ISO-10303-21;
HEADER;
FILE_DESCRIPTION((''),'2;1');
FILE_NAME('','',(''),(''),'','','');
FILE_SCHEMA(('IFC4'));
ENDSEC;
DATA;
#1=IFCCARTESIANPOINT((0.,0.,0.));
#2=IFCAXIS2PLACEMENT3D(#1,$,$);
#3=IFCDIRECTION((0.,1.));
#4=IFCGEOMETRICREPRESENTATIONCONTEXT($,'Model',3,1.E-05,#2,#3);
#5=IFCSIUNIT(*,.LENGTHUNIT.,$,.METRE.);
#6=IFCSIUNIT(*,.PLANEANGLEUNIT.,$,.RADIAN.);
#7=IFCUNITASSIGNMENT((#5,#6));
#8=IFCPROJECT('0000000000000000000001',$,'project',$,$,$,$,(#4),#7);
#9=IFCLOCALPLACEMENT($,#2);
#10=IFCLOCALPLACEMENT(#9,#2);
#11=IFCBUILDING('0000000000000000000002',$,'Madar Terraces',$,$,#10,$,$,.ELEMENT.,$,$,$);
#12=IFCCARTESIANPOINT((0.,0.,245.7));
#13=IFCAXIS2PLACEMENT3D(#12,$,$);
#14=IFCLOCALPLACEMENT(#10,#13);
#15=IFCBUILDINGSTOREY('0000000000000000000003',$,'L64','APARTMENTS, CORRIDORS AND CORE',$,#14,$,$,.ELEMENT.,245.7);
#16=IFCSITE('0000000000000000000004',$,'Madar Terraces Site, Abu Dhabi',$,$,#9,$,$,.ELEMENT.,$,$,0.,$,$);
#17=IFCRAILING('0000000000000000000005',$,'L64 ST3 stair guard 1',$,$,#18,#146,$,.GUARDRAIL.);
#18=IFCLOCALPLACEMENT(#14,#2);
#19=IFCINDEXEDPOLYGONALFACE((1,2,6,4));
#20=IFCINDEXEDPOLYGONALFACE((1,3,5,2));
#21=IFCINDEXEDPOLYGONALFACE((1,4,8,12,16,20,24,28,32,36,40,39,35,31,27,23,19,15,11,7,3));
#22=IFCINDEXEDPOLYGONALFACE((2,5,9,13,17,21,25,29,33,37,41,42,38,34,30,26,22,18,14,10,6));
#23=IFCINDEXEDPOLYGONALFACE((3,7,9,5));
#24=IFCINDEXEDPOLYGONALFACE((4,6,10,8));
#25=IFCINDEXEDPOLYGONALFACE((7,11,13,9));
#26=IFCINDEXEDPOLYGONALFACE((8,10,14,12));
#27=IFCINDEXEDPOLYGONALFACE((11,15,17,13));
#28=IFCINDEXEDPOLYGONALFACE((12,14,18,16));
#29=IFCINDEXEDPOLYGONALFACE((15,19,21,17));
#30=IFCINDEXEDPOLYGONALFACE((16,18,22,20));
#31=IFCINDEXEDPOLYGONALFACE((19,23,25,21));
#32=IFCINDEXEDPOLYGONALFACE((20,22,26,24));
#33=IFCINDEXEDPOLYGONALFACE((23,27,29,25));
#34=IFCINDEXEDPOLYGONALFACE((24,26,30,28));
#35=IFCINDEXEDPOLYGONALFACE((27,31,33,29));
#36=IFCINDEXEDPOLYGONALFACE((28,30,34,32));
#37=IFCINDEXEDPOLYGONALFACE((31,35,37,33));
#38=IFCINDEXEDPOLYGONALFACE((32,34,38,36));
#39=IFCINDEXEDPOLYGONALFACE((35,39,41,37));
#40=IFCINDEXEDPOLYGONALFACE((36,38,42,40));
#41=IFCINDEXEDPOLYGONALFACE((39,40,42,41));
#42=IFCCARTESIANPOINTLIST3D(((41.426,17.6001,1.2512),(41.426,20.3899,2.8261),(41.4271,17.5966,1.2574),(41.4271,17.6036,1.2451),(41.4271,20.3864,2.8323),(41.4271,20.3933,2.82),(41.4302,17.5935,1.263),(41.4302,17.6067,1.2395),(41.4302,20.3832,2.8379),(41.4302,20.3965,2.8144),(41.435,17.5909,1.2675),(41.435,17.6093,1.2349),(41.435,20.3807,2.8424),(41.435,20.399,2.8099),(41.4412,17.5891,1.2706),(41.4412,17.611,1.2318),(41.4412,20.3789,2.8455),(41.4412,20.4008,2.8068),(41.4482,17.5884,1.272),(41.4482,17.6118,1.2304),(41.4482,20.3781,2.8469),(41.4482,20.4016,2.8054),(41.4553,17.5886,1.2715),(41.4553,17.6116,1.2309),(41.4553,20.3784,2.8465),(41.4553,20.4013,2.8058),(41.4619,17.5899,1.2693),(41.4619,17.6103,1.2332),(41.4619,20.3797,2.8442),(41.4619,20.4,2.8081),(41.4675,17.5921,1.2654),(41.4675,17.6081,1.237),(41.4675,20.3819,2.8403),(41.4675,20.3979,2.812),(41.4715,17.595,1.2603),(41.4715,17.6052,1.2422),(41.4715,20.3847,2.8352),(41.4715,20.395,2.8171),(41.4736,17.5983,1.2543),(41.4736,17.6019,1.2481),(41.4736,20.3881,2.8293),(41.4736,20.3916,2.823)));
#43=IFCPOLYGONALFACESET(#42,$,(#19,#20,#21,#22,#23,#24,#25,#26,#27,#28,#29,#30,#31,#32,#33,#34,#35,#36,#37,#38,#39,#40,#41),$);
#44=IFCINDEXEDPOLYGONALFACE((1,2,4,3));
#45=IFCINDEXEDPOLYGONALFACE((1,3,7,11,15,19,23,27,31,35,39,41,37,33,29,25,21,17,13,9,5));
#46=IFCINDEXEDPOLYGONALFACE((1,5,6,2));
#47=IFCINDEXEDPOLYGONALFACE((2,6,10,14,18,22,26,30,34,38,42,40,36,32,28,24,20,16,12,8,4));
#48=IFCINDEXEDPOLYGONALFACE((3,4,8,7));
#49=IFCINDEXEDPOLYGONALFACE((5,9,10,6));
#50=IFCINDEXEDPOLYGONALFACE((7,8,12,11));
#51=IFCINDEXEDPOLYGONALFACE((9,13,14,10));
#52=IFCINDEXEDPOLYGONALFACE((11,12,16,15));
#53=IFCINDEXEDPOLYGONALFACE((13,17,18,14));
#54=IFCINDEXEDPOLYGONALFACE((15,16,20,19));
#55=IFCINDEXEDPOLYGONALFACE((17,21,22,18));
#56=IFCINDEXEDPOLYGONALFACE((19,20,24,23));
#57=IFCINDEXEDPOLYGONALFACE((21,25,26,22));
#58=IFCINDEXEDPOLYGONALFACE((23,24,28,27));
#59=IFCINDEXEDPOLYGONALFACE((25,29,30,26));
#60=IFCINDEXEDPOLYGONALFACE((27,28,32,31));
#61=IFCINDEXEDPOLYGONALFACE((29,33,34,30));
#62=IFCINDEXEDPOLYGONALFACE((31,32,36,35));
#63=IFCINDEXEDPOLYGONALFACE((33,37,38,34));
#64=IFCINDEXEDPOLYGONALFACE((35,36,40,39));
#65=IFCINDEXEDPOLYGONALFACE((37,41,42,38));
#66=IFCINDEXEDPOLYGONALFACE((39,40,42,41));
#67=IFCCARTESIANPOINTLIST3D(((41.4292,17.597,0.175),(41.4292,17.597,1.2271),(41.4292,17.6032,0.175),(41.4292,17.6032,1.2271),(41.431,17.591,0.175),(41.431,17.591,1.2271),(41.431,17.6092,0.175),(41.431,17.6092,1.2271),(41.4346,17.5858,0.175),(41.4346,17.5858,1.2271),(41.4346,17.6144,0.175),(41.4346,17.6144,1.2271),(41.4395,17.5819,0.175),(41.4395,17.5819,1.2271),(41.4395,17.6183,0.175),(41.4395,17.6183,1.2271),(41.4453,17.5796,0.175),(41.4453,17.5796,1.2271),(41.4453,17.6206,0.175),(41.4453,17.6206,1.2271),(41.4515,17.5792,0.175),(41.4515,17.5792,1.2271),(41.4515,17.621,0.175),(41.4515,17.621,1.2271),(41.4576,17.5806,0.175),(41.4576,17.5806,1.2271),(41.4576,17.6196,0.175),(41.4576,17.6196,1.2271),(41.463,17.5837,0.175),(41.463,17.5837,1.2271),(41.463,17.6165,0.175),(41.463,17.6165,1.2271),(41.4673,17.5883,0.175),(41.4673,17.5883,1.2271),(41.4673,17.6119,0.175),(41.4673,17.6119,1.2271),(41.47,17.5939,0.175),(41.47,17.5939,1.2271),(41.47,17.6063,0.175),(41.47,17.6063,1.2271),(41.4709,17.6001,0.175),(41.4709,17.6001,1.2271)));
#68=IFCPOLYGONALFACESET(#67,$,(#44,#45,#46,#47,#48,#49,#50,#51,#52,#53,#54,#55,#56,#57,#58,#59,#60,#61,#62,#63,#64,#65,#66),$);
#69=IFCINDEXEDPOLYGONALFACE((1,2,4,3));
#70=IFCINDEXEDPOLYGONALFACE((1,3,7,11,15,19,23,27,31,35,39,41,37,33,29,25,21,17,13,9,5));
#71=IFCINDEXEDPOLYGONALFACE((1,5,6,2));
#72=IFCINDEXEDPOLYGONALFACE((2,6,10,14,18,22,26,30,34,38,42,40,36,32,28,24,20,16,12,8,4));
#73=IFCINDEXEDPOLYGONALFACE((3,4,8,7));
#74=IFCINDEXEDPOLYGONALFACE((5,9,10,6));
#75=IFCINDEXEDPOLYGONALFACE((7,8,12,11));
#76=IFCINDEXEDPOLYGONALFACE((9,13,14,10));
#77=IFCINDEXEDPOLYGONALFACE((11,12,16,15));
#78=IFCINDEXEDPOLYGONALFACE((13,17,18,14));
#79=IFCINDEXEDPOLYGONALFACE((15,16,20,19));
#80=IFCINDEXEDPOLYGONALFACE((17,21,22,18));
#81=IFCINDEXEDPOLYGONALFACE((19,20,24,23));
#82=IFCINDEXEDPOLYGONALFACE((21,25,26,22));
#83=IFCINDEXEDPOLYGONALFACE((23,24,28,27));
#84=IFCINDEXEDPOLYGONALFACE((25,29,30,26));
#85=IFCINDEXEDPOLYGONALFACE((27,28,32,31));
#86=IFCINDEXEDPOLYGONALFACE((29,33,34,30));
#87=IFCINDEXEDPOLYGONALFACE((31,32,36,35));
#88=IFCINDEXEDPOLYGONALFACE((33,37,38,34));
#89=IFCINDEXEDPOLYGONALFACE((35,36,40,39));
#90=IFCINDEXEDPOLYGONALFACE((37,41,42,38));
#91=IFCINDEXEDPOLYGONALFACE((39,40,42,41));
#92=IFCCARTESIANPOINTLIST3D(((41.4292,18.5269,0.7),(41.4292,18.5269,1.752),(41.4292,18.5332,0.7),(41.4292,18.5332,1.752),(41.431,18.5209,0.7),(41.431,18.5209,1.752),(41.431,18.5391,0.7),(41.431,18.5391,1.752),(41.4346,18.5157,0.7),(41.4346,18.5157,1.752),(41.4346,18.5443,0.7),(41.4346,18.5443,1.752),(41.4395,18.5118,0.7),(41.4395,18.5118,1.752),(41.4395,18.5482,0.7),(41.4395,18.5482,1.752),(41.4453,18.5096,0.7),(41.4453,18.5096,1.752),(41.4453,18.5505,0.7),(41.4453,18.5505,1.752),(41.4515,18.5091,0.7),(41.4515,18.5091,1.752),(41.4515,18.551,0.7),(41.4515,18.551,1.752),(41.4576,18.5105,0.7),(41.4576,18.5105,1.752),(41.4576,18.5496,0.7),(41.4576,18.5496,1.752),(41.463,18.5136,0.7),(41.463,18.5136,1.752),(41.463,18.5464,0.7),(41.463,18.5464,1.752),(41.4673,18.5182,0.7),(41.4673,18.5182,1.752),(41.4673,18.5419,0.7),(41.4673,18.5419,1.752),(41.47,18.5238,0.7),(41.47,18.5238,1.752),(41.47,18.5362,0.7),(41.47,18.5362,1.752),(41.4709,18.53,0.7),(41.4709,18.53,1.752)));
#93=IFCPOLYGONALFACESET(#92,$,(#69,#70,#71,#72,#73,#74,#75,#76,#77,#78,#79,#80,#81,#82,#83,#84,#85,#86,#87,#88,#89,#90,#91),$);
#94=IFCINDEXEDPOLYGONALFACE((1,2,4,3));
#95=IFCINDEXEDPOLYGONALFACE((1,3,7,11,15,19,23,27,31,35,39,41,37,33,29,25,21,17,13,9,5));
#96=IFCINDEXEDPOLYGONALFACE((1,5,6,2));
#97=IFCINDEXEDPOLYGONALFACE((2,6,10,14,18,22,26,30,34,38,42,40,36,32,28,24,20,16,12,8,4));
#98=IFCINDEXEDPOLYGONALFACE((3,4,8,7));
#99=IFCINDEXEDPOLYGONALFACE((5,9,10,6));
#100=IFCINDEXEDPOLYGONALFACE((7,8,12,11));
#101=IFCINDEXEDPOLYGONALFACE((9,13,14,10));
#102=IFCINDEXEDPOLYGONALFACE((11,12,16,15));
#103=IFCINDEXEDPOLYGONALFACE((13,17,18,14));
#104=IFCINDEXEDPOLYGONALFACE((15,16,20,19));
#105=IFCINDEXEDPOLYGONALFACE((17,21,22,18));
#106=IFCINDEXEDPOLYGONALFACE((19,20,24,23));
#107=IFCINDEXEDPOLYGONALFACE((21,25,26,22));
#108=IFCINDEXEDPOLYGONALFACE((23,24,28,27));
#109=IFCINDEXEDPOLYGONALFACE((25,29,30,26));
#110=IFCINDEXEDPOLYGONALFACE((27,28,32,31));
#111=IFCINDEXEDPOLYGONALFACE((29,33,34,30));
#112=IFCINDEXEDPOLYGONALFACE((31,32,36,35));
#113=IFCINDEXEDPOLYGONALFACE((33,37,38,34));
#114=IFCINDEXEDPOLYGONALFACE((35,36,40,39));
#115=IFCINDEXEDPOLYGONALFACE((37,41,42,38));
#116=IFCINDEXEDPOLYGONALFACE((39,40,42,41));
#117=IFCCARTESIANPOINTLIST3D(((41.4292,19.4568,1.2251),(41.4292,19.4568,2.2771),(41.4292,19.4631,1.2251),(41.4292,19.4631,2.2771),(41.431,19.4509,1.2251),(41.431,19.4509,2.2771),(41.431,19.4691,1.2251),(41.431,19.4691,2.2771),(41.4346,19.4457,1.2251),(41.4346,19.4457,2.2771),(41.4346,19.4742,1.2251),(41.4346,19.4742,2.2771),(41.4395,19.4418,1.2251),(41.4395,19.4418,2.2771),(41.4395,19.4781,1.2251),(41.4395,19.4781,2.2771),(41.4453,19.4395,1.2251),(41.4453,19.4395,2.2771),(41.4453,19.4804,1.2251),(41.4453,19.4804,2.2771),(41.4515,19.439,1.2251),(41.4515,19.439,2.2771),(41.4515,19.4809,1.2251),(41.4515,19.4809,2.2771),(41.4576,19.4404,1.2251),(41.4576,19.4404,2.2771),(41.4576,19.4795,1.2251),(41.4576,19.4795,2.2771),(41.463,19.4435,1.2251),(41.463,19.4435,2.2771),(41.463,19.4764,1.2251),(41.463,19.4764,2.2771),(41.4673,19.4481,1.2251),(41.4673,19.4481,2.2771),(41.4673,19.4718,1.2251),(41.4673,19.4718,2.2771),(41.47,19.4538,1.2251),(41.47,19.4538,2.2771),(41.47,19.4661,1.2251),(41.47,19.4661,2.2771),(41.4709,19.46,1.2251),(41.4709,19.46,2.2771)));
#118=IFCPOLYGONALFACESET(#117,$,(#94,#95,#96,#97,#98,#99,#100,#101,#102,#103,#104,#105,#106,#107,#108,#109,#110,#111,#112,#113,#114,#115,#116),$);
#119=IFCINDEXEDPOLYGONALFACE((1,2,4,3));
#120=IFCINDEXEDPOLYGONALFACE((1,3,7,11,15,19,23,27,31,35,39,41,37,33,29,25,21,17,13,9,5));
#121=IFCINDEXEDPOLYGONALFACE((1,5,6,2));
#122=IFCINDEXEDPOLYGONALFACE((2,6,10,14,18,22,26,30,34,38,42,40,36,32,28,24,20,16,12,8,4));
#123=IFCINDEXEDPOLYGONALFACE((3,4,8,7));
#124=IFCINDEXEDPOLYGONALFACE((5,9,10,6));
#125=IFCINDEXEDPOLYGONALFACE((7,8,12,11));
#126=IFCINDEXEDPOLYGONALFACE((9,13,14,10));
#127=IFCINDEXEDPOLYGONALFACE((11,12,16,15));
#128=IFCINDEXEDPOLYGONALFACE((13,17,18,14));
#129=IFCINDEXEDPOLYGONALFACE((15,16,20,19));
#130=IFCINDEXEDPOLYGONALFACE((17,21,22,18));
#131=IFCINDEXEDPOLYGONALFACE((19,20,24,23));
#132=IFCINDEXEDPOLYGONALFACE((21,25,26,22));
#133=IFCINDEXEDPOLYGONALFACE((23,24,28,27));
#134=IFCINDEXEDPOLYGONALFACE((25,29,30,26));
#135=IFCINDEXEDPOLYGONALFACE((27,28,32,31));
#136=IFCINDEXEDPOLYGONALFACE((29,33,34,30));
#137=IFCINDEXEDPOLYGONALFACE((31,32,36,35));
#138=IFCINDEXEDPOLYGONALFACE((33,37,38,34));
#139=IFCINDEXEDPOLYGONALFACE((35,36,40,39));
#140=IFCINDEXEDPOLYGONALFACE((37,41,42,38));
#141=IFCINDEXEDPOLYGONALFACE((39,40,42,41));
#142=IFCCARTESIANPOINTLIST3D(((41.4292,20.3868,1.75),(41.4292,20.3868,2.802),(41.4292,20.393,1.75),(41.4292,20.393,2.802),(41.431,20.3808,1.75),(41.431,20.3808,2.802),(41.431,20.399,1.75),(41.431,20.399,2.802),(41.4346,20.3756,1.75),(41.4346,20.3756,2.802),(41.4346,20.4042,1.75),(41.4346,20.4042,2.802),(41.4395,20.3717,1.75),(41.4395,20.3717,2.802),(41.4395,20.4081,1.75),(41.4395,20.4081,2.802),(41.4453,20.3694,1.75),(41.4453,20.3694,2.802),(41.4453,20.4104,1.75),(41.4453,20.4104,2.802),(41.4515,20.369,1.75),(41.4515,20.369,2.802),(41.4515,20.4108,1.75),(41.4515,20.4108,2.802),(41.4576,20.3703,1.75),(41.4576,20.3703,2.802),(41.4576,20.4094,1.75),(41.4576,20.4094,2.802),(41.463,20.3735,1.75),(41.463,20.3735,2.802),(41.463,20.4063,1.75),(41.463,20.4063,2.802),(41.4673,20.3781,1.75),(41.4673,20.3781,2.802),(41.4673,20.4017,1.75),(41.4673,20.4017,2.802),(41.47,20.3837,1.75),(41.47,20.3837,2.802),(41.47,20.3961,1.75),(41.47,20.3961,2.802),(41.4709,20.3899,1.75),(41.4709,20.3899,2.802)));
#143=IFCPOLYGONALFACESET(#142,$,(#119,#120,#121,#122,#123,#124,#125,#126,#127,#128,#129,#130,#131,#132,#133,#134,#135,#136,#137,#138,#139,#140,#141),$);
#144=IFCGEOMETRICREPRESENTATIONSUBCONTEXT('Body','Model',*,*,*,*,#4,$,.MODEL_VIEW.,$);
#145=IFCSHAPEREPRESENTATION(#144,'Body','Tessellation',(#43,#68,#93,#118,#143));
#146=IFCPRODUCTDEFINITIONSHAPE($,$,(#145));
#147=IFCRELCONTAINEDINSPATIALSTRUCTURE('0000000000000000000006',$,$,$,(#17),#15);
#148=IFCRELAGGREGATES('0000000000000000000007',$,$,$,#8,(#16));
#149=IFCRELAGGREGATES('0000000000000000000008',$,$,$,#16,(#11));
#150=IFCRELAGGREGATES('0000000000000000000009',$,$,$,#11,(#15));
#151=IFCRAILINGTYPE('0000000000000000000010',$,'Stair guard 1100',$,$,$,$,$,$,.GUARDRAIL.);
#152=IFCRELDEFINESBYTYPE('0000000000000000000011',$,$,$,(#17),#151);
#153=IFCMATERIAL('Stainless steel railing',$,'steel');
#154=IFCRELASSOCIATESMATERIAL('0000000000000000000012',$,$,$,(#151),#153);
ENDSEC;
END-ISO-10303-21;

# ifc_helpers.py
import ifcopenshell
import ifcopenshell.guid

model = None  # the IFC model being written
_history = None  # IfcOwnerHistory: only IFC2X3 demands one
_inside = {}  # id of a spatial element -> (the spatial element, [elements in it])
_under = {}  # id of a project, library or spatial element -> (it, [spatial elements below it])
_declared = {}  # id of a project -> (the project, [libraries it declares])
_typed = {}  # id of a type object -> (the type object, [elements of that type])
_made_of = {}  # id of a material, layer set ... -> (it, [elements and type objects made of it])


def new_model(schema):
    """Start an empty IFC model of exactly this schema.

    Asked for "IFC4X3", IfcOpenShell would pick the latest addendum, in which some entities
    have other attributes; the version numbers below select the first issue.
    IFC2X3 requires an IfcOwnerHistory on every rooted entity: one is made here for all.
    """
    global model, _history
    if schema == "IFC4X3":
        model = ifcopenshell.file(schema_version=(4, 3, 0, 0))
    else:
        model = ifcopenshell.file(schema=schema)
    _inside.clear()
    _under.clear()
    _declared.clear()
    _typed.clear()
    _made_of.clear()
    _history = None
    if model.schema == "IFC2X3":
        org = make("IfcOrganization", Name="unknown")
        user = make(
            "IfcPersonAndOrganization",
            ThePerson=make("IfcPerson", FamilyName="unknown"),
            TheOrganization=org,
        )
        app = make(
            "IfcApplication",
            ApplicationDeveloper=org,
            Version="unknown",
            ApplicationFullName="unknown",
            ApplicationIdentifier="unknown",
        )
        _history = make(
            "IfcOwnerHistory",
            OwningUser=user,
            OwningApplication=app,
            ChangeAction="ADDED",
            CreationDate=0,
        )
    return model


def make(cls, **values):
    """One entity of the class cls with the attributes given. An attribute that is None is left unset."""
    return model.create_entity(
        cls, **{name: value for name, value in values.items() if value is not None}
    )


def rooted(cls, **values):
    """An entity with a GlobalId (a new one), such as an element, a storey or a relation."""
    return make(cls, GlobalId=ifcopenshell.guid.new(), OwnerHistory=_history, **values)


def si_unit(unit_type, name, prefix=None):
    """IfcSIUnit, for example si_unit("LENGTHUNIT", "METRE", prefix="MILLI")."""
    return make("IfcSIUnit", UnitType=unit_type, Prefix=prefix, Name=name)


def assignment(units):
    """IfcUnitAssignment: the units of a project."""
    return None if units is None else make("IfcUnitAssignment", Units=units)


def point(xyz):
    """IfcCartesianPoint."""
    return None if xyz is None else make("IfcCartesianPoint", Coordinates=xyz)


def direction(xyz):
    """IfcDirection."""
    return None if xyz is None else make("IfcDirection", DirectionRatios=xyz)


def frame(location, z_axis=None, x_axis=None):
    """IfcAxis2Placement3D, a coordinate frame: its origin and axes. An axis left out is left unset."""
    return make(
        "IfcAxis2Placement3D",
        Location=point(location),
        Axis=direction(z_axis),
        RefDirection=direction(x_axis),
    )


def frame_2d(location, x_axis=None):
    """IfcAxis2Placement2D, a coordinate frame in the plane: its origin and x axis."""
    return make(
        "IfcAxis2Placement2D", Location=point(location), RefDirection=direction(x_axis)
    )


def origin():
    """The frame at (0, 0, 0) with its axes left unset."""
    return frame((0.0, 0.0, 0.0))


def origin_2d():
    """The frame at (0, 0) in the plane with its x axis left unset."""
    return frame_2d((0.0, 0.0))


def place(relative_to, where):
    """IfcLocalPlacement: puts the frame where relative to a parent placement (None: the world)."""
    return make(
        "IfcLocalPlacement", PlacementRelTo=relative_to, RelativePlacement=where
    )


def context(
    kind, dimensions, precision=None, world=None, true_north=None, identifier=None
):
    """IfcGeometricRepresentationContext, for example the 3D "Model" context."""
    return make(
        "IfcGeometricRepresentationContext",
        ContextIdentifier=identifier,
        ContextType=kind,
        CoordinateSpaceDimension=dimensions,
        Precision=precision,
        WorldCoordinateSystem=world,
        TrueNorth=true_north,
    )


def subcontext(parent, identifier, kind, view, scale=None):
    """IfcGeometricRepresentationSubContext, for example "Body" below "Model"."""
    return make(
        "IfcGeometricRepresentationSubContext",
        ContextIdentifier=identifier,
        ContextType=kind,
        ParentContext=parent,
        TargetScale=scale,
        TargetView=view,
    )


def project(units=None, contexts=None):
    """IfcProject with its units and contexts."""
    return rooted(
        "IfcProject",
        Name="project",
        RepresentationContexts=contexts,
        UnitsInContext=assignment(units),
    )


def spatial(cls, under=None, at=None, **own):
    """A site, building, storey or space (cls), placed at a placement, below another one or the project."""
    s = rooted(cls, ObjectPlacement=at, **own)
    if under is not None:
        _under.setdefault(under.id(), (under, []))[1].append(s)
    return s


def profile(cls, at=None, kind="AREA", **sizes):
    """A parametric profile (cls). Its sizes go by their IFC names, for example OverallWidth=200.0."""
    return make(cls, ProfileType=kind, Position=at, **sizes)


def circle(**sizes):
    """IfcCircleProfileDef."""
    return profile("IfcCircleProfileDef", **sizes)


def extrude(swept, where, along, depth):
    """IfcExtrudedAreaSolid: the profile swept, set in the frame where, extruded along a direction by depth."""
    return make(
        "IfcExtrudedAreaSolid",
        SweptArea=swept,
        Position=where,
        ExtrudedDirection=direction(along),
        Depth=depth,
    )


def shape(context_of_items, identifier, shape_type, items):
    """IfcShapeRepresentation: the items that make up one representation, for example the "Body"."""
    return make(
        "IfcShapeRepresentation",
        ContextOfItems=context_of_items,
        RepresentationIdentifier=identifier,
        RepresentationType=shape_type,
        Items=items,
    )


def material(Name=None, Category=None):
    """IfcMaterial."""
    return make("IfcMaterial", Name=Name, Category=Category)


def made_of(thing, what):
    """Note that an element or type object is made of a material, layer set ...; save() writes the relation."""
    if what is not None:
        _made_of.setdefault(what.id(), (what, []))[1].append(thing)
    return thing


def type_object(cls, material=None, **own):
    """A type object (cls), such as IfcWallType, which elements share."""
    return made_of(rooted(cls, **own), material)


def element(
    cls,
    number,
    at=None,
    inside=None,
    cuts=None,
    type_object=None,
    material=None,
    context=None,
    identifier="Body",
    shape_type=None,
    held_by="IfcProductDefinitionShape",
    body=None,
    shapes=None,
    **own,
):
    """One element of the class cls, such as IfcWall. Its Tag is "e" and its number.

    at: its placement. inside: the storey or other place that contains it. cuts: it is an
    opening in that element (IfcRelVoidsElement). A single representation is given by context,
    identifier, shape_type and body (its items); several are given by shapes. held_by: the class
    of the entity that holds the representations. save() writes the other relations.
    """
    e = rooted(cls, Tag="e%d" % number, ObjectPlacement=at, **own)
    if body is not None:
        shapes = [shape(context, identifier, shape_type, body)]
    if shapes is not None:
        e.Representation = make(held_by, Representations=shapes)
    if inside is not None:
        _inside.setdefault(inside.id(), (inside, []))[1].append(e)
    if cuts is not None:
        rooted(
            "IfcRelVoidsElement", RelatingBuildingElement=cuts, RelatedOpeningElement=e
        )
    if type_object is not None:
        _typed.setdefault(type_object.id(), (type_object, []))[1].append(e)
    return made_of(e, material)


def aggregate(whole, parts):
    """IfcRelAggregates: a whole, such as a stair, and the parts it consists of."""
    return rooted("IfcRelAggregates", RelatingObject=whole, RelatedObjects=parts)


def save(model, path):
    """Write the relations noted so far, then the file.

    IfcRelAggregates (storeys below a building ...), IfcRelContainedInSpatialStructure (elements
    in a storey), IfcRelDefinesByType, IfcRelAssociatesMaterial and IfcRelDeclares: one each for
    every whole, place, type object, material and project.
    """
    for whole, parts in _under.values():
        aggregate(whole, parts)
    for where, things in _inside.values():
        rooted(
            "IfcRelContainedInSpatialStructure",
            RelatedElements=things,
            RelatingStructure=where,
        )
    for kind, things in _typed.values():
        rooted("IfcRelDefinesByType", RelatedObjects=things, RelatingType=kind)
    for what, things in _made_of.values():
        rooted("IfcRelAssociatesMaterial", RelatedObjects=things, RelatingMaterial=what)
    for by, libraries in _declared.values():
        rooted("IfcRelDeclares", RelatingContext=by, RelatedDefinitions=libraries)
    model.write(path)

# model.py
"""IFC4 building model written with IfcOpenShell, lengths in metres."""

from ifc_helpers import new_model, si_unit, direction, frame, origin, origin_2d, place, context, subcontext, project, spatial, circle, extrude, material, type_object, element, save


model = new_model("IFC4")

# Units and contexts
model_context = context("Model", 3, precision=1e-05, world=origin(), true_north=direction((0.0, 1.0)))
body_context = subcontext(model_context, "Body", "Model", "MODEL_VIEW")
ifc_project = project(units=[si_unit("LENGTHUNIT", "METRE"), si_unit("PLANEANGLEUNIT", "RADIAN")], contexts=[model_context])

# Site, building, storey
site_placement = place(None, origin())
site = spatial("IfcSite", under=ifc_project, at=site_placement, Name="Madar Terraces Site, Abu Dhabi", CompositionType="ELEMENT", RefElevation=0.0)
building_placement = place(site_placement, origin())
building = spatial("IfcBuilding", under=site, at=building_placement, Name="Madar Terraces", CompositionType="ELEMENT")
storey_placement = place(building_placement, frame((0.0, 0.0, 245.7)))
storey = spatial("IfcBuildingStorey", under=building, at=storey_placement, Name="L64", Description="APARTMENTS, CORRIDORS AND CORE", CompositionType="ELEMENT", Elevation=245.7)

# Railing
ifc_material_1 = material(Name="Stainless steel railing", Category="steel")
railing_type_1 = type_object("IfcRailingType", Name="Stair guard 1100", PredefinedType="GUARDRAIL", material=ifc_material_1)
railing_1_placement = place(storey_placement, frame((41.45, 17.6001, 0.175)))
element("IfcRailing", 1, at=railing_1_placement, inside=storey, type_object=railing_type_1, Name="L64 ST3 stair guard 1", PredefinedType="GUARDRAIL", context=body_context, shape_type="SweptSolid", body=[
    extrude(circle(Radius=0.0239, at=origin_2d()), frame((0.0, 0.0, 1.0762), z_axis=(0.0, 0.870815, 0.49161), x_axis=(-1.0, 0.0, 0.0)), (0.0, 0.0, 1.0), 3.2036),
    extrude(circle(Radius=0.021, at=origin_2d()), origin(), (0.0, 0.0, 1.0), 1.052),
    extrude(circle(Radius=0.021, at=origin_2d()), frame((0.0, 0.9299, 0.5249)), (0.0, 0.0, 1.0), 1.052),
    extrude(circle(Radius=0.021, at=origin_2d()), frame((0.0, 1.8599, 1.05)), (0.0, 0.0, 1.0), 1.052),
    extrude(circle(Radius=0.021, at=origin_2d()), frame((0.0, 2.7898, 1.575)), (0.0, 0.0, 1.0), 1.052),
])

save(model, "model.ifc")
